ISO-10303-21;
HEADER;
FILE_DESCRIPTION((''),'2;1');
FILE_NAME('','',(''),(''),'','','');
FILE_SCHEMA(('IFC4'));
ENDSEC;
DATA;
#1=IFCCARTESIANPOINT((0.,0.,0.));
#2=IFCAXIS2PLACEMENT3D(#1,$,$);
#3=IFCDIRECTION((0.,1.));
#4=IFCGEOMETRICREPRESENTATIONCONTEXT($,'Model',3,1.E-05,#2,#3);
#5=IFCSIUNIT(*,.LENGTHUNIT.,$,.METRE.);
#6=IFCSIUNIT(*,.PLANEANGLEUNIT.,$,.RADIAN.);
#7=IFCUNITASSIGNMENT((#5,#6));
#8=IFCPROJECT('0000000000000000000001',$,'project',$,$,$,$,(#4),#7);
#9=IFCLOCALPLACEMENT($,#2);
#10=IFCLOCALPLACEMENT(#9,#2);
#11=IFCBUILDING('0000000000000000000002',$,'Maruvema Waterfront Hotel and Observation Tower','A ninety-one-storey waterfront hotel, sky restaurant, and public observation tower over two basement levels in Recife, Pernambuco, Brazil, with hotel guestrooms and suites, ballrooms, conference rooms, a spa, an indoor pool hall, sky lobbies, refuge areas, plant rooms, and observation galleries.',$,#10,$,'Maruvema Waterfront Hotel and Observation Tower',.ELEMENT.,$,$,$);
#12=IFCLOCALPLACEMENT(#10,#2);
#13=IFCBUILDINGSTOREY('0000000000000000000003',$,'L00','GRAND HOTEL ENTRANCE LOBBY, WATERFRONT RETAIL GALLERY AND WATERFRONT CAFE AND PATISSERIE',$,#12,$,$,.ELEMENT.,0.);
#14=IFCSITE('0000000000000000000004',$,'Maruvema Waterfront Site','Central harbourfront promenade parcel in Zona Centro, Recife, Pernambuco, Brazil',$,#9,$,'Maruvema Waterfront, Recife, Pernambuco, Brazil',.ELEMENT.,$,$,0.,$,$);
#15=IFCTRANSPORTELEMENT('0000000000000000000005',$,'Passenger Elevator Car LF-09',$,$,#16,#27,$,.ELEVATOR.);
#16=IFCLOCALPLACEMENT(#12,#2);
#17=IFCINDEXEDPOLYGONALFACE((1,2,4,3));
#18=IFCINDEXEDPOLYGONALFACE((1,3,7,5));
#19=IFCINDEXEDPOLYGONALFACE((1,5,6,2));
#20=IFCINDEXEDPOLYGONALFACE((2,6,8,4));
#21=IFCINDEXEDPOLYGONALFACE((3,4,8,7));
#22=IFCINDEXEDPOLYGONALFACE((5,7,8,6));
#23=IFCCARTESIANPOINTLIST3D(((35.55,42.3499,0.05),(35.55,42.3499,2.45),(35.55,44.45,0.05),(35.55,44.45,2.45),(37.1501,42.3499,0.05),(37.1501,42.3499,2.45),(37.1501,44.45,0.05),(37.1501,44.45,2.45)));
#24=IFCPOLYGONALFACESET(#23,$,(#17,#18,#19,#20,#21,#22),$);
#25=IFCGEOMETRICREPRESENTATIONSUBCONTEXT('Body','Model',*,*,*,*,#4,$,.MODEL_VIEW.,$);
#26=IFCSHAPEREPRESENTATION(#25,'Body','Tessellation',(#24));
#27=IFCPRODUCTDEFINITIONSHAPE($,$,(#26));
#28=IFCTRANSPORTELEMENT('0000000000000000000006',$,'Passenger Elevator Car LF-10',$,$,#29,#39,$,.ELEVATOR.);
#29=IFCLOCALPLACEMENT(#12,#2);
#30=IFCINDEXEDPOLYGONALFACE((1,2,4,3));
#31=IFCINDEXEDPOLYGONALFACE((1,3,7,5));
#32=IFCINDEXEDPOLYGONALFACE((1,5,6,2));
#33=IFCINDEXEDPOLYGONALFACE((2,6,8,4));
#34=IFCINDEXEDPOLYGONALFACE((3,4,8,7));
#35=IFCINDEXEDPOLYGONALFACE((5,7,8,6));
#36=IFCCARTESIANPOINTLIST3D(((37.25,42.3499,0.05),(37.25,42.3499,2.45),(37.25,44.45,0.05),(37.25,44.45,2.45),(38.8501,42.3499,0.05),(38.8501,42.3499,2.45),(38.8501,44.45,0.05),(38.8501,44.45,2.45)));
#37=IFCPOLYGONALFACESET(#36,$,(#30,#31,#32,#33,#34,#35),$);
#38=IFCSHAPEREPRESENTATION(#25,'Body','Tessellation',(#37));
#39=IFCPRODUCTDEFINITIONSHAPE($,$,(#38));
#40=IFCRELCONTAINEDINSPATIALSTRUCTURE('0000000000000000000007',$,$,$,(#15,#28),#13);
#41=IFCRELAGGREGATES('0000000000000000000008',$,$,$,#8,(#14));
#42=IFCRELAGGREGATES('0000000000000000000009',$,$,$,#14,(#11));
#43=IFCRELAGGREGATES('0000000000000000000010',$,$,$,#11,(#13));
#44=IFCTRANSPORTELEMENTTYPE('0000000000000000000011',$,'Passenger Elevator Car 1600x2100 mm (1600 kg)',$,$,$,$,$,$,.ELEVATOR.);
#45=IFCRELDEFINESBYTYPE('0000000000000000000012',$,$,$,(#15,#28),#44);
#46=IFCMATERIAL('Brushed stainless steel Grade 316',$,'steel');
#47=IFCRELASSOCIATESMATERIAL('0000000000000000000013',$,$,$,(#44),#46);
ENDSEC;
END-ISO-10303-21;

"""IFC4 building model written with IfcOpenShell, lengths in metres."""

from ifc_helpers import new_model, si_unit, direction, frame, origin, origin_2d, place, context, subcontext, project, spatial, rectangle, extrude, material, type_object, element, save


model = new_model("IFC4")

# Units and contexts
model_context = context("Model", 3, precision=1e-05, world=origin(), true_north=direction((0.0, 1.0)))
body_context = subcontext(model_context, "Body", "Model", "MODEL_VIEW")
ifc_project = project(units=[si_unit("LENGTHUNIT", "METRE"), si_unit("PLANEANGLEUNIT", "RADIAN")], contexts=[model_context])

# Site, building, storey
site_placement = place(None, origin())
site = spatial("IfcSite", under=ifc_project, at=site_placement, Name="Maruvema Waterfront Site", Description="Central harbourfront promenade parcel in Zona Centro, Recife, Pernambuco, Brazil", LongName="Maruvema Waterfront, Recife, Pernambuco, Brazil", CompositionType="ELEMENT", RefElevation=0.0)
building_placement = place(site_placement, origin())
building = spatial("IfcBuilding", under=site, at=building_placement, Name="Maruvema Waterfront Hotel and Observation Tower", Description="A ninety-one-storey waterfront hotel, sky restaurant, and public observation tower over two basement levels in Recife, Pernambuco, Brazil, with hotel guestrooms and suites, ballrooms, conference rooms, a spa, an indoor pool hall, sky lobbies, refuge areas, plant rooms, and observation galleries.", LongName="Maruvema Waterfront Hotel and Observation Tower", CompositionType="ELEMENT")
storey_placement = place(building_placement, origin())
storey = spatial("IfcBuildingStorey", under=building, at=storey_placement, Name="L00", Description="GRAND HOTEL ENTRANCE LOBBY, WATERFRONT RETAIL GALLERY AND WATERFRONT CAFE AND PATISSERIE", CompositionType="ELEMENT", Elevation=0.0)

# Transport elements
ifc_material_1 = material(Name="Brushed stainless steel Grade 316", Category="steel")
transport_element_type = type_object("IfcTransportElementType", Name="Passenger Elevator Car 1600x2100 mm (1600 kg)", PredefinedType="ELEVATOR", material=ifc_material_1)
for number, where, z_axis, x_axis, name in (
    (1, (36.3501, 43.3999, 0.05), (0.0, 0.0, 1.0), (1.0, 0.0, 0.0), "Passenger Elevator Car LF-09"),
    (2, (38.05, 43.3999, 0.05), (0.0, 0.0, 1.0), (1.0, 0.0, 0.0), "Passenger Elevator Car LF-10"),
):
    element("IfcTransportElement", number, at=place(storey_placement, frame(where, z_axis=z_axis, x_axis=x_axis)), inside=storey, type_object=transport_element_type, Name=name, PredefinedType="ELEVATOR", context=body_context, shape_type="SweptSolid", body=[
        extrude(rectangle(XDim=1.6001, YDim=2.1001, at=origin_2d()), origin(), (0.0, 0.0, 1.0), 2.3999),
    ])

save(model, "model.ifc")
